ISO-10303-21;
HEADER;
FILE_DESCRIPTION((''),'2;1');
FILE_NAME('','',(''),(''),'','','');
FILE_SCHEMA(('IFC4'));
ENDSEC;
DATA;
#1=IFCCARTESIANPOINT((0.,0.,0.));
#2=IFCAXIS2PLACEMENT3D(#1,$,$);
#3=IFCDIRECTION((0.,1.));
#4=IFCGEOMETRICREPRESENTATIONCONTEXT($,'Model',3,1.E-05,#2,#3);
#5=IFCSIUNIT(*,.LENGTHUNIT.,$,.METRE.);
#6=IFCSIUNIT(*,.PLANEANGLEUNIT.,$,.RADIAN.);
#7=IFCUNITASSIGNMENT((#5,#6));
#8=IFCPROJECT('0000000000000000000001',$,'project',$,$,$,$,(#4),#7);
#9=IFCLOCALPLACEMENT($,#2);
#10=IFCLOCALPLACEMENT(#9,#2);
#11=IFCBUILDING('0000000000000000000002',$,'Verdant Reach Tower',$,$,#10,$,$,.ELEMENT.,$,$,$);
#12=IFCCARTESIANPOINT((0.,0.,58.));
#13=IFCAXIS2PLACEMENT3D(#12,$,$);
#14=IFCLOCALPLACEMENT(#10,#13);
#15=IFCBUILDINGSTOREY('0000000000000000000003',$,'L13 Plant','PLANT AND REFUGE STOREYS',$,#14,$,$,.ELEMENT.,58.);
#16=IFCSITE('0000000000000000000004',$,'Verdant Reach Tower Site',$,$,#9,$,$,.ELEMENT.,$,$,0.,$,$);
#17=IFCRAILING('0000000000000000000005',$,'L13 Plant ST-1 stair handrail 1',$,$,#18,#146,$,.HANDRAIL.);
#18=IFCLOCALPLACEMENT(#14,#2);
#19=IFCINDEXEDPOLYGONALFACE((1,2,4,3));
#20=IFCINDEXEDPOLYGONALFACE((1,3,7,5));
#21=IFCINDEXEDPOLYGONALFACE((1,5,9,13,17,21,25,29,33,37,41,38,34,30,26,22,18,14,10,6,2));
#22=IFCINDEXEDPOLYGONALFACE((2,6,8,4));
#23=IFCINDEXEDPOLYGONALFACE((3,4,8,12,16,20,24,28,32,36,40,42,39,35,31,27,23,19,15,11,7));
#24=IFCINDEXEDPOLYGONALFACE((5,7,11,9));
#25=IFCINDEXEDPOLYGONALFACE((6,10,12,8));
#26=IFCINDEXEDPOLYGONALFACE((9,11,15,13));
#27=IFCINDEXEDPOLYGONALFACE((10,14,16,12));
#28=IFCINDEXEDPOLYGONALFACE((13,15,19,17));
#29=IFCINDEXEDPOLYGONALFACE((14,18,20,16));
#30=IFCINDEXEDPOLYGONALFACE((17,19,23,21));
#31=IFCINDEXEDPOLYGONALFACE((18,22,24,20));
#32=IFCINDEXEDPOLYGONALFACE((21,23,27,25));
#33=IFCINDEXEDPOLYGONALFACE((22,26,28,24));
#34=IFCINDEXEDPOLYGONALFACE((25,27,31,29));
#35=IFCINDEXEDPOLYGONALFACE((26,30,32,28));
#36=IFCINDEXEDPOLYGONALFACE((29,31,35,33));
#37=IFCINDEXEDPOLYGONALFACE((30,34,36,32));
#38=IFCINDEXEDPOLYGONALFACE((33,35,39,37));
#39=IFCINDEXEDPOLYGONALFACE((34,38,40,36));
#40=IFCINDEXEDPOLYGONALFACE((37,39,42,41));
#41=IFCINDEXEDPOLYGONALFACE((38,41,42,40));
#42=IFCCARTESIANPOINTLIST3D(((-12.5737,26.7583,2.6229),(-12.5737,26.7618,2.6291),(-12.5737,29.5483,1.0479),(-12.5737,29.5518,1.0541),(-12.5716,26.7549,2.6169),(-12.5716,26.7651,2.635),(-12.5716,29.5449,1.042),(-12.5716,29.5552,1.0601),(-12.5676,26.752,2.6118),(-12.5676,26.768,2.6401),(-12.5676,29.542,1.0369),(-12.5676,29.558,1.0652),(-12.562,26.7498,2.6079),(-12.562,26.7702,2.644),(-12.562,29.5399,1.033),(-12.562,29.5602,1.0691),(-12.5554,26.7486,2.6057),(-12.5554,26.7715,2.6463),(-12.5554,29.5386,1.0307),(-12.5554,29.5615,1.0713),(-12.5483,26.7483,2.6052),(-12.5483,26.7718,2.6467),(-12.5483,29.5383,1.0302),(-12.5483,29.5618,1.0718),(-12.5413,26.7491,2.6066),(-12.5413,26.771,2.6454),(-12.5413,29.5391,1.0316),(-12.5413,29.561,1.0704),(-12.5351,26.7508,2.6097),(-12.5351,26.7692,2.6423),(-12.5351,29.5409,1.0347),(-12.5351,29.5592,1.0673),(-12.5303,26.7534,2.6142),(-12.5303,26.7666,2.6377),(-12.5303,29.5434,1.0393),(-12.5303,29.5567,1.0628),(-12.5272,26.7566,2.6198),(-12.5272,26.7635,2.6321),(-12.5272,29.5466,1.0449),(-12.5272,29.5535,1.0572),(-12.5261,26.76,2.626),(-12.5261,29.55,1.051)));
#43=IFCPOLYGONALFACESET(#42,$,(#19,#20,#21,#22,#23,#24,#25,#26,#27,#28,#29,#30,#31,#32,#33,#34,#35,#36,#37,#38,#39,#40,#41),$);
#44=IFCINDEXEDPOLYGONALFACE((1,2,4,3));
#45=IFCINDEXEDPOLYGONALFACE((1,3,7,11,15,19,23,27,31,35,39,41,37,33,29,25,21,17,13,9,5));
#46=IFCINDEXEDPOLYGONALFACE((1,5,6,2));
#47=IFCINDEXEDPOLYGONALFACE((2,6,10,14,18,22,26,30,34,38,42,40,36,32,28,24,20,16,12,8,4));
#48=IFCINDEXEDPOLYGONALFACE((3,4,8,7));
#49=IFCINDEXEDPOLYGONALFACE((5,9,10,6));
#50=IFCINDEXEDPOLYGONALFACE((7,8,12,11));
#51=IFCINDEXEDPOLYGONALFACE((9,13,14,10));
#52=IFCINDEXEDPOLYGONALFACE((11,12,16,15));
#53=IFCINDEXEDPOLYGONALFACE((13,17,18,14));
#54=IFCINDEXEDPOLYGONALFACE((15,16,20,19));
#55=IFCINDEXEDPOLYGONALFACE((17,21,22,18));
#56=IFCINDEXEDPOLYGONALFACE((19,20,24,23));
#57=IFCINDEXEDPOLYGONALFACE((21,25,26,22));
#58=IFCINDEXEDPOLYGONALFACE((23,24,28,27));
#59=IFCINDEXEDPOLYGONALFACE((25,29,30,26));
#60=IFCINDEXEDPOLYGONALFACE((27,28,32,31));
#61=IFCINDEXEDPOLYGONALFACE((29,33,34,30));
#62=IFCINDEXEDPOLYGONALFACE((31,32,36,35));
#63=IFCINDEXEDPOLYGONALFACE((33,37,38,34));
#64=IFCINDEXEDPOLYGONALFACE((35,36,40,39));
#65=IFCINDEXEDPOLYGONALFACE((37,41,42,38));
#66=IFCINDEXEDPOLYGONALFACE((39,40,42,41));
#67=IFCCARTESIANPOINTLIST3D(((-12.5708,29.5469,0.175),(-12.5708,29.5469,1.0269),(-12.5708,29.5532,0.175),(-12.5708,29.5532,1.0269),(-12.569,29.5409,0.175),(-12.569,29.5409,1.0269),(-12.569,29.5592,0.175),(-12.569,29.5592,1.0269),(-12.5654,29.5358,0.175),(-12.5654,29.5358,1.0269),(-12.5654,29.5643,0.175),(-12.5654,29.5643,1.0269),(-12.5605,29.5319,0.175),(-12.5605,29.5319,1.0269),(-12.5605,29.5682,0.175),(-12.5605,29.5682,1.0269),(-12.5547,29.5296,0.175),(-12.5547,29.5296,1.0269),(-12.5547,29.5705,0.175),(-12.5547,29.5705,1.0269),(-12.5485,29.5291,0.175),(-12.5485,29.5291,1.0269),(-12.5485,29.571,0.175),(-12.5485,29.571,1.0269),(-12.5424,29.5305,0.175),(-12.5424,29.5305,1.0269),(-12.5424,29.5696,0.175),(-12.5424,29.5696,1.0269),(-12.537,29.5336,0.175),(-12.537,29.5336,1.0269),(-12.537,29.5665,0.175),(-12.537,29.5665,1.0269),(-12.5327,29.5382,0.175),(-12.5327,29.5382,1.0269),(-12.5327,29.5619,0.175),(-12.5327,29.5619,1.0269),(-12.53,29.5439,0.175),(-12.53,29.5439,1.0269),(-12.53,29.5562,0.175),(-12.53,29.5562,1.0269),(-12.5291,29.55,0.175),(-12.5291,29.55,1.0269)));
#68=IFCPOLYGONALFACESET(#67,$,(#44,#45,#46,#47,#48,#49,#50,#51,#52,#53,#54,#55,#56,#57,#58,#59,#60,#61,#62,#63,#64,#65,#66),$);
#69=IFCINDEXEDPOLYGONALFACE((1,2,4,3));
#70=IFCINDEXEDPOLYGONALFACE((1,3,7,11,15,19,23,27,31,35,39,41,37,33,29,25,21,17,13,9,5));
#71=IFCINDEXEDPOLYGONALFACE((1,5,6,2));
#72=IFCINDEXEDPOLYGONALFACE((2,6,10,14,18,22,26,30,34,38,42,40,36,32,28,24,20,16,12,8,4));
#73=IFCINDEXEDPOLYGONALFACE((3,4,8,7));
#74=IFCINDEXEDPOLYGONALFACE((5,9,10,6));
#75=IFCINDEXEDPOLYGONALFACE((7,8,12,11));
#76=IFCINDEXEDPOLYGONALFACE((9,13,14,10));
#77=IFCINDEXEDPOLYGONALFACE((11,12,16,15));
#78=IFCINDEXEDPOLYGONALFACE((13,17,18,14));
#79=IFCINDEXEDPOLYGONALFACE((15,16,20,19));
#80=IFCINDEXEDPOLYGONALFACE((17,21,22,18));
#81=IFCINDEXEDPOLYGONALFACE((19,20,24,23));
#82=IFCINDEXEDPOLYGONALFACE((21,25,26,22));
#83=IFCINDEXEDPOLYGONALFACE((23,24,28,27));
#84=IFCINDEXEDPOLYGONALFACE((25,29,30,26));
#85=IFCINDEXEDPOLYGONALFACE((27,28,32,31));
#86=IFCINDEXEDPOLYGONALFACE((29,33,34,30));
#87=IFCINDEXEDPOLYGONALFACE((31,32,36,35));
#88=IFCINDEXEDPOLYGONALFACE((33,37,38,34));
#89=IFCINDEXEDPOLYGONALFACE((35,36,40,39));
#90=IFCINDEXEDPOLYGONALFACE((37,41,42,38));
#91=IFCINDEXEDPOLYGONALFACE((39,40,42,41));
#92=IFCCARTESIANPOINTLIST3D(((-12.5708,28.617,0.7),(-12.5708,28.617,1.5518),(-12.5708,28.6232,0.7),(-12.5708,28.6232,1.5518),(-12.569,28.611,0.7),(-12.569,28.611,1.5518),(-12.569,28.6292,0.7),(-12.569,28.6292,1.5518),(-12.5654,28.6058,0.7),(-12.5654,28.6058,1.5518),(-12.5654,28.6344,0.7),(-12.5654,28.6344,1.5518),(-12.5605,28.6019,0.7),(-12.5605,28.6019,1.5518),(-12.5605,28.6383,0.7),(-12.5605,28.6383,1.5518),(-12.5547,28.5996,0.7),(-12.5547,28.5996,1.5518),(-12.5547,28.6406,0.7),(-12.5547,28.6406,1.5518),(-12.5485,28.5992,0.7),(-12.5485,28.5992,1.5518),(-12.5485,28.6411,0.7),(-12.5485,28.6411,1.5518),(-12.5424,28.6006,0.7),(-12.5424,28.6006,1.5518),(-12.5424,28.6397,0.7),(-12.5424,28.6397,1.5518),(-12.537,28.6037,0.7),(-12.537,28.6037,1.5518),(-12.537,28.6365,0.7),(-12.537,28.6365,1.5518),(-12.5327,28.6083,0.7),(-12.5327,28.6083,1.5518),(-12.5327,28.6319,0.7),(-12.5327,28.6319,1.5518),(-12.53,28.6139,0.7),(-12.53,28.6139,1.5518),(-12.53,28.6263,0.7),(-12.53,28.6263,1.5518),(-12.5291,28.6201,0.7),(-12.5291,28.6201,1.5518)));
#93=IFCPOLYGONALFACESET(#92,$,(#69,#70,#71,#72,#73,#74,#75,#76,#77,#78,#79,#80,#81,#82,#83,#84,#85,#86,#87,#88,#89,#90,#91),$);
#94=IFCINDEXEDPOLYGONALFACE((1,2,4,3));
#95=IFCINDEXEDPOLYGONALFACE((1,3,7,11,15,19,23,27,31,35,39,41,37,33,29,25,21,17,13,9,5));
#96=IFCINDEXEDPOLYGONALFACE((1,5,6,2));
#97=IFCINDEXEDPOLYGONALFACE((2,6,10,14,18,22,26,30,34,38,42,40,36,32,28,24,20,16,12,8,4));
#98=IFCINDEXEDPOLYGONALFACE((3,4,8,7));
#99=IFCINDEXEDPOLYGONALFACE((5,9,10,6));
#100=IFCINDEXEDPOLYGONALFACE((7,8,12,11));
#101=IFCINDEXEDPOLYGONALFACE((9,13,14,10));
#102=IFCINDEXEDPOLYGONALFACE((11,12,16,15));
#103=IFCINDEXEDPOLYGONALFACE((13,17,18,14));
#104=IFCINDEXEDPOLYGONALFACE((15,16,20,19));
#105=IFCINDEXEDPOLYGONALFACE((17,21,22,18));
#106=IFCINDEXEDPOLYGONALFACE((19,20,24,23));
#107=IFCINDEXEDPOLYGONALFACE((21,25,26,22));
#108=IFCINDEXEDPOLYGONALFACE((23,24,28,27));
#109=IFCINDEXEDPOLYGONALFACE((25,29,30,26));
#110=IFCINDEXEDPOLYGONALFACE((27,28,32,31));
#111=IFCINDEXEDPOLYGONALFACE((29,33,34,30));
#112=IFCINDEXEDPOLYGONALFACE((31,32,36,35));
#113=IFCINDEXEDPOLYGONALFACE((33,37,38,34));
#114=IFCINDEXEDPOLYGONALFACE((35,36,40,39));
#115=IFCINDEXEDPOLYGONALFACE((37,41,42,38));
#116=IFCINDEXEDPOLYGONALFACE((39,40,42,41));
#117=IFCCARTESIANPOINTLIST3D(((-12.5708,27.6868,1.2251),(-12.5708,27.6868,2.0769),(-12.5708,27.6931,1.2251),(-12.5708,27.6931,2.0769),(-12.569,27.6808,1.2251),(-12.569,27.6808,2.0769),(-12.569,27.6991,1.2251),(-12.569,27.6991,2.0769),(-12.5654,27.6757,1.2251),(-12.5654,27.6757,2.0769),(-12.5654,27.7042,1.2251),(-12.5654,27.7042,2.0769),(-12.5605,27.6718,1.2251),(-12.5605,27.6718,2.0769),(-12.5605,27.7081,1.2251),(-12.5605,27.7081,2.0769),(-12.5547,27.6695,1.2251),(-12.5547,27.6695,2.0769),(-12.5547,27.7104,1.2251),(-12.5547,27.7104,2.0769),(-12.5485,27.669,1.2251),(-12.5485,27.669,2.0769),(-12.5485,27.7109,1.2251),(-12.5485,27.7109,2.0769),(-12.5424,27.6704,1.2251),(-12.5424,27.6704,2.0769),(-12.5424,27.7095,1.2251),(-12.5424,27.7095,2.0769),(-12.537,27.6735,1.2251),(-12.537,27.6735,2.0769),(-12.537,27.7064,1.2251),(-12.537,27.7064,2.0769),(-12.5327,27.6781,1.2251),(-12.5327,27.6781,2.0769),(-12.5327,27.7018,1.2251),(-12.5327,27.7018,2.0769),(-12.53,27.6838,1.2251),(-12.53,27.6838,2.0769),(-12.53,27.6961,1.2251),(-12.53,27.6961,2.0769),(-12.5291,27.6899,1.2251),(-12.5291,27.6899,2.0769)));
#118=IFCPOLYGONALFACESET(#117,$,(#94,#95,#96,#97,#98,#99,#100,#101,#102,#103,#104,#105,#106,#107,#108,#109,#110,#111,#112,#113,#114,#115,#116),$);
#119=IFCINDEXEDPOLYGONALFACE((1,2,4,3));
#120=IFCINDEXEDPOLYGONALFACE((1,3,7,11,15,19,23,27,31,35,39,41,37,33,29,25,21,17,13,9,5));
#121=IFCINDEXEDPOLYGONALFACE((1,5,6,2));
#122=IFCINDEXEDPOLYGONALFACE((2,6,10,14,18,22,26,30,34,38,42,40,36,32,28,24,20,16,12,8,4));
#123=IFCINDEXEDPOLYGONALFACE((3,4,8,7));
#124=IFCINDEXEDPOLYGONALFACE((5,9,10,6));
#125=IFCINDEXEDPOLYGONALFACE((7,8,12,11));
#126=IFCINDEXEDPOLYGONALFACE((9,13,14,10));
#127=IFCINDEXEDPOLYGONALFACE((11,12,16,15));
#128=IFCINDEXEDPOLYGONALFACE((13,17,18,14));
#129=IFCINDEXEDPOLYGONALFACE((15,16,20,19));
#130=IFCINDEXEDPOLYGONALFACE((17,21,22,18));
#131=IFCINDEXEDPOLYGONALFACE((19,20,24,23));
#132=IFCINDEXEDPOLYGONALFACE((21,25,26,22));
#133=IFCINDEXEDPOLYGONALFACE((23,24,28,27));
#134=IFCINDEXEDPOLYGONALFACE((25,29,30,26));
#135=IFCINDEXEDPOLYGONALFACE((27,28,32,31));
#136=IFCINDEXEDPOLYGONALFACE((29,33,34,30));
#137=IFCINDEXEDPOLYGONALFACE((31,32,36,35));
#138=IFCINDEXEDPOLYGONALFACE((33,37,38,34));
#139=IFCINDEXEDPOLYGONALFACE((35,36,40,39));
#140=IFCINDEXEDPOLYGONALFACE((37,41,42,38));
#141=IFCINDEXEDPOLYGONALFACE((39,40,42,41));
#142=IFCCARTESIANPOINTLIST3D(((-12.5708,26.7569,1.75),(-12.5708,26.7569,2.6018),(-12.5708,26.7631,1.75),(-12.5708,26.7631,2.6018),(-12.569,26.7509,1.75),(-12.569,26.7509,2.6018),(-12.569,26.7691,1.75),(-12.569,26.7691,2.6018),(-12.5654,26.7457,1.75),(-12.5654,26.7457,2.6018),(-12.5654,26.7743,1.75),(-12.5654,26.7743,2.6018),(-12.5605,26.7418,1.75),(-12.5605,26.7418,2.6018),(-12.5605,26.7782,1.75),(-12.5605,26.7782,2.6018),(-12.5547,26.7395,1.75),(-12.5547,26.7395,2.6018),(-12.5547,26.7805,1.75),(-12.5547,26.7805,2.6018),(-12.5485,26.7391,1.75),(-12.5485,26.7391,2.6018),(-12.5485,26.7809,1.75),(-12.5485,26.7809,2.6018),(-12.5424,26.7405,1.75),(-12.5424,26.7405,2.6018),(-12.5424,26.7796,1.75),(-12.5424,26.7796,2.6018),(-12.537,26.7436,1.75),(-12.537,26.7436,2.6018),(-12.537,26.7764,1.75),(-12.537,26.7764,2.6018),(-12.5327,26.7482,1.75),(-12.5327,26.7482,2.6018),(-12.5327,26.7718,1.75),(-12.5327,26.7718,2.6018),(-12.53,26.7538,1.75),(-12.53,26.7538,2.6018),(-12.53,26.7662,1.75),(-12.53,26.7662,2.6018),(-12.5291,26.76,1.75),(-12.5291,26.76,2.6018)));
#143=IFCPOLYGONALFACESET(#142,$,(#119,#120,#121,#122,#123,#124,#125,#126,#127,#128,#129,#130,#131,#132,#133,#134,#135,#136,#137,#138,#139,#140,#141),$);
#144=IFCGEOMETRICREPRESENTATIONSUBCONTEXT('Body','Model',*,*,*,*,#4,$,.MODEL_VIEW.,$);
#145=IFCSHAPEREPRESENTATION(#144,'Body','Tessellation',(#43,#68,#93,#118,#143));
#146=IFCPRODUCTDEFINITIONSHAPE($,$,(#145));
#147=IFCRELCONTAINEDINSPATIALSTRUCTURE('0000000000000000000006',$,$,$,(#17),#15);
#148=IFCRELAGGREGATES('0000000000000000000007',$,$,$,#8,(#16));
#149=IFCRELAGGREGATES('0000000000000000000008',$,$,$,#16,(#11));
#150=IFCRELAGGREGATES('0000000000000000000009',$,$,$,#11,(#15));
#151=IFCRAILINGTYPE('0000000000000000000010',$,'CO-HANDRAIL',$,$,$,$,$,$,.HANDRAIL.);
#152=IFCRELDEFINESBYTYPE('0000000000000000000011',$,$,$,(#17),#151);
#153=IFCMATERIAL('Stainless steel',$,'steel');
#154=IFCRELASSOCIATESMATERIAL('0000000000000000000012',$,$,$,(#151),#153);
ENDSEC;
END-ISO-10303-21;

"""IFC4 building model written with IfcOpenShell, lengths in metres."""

from ifc_helpers import new_model, si_unit, direction, frame, origin, origin_2d, place, context, subcontext, project, spatial, circle, extrude, material, type_object, element, save


model = new_model("IFC4")

# Units and contexts
model_context = context("Model", 3, precision=1e-05, world=origin(), true_north=direction((0.0, 1.0)))
body_context = subcontext(model_context, "Body", "Model", "MODEL_VIEW")
ifc_project = project(units=[si_unit("LENGTHUNIT", "METRE"), si_unit("PLANEANGLEUNIT", "RADIAN")], contexts=[model_context])

# Site, building, storey
site_placement = place(None, origin())
site = spatial("IfcSite", under=ifc_project, at=site_placement, Name="Verdant Reach Tower Site", CompositionType="ELEMENT", RefElevation=0.0)
building_placement = place(site_placement, origin())
building = spatial("IfcBuilding", under=site, at=building_placement, Name="Verdant Reach Tower", CompositionType="ELEMENT")
storey_placement = place(building_placement, frame((0.0, 0.0, 58.0)))
storey = spatial("IfcBuildingStorey", under=building, at=storey_placement, Name="L13 Plant", Description="PLANT AND REFUGE STOREYS", CompositionType="ELEMENT", Elevation=58.0)

# Shared definitions
ifc_material_1 = material(Name="Stainless steel", Category="steel")

# Railing
railing_type_1 = type_object("IfcRailingType", Name="CO-HANDRAIL", PredefinedType="HANDRAIL", material=ifc_material_1)
for number, where, name in (
    (1, (-12.55, 29.55, 0.175), "L13 Plant ST-1 stair handrail 1"),
):
    element("IfcRailing", number, at=place(storey_placement, frame(where)), inside=storey, type_object=railing_type_1, Name=name, PredefinedType="HANDRAIL", context=body_context, shape_type="SweptSolid", body=[
        extrude(circle(Radius=0.0239, at=origin_2d()), frame((0.0, 0.0, 0.876), z_axis=(0.0, -0.870834, 0.491578), x_axis=(1.0, 0.0, 0.0)), (0.0, 0.0, 1.0), 3.2039),
        extrude(circle(Radius=0.021, at=origin_2d()), origin(), (0.0, 0.0, 1.0), 0.8518),
        extrude(circle(Radius=0.021, at=origin_2d()), frame((0.0, -0.9299, 0.5249)), (0.0, 0.0, 1.0), 0.8518),
        extrude(circle(Radius=0.021, at=origin_2d()), frame((0.0, -1.8601, 1.05)), (0.0, 0.0, 1.0), 0.8518),
        extrude(circle(Radius=0.021, at=origin_2d()), frame((0.0, -2.79, 1.575)), (0.0, 0.0, 1.0), 0.8518),
    ])

save(model, "model.ifc")
